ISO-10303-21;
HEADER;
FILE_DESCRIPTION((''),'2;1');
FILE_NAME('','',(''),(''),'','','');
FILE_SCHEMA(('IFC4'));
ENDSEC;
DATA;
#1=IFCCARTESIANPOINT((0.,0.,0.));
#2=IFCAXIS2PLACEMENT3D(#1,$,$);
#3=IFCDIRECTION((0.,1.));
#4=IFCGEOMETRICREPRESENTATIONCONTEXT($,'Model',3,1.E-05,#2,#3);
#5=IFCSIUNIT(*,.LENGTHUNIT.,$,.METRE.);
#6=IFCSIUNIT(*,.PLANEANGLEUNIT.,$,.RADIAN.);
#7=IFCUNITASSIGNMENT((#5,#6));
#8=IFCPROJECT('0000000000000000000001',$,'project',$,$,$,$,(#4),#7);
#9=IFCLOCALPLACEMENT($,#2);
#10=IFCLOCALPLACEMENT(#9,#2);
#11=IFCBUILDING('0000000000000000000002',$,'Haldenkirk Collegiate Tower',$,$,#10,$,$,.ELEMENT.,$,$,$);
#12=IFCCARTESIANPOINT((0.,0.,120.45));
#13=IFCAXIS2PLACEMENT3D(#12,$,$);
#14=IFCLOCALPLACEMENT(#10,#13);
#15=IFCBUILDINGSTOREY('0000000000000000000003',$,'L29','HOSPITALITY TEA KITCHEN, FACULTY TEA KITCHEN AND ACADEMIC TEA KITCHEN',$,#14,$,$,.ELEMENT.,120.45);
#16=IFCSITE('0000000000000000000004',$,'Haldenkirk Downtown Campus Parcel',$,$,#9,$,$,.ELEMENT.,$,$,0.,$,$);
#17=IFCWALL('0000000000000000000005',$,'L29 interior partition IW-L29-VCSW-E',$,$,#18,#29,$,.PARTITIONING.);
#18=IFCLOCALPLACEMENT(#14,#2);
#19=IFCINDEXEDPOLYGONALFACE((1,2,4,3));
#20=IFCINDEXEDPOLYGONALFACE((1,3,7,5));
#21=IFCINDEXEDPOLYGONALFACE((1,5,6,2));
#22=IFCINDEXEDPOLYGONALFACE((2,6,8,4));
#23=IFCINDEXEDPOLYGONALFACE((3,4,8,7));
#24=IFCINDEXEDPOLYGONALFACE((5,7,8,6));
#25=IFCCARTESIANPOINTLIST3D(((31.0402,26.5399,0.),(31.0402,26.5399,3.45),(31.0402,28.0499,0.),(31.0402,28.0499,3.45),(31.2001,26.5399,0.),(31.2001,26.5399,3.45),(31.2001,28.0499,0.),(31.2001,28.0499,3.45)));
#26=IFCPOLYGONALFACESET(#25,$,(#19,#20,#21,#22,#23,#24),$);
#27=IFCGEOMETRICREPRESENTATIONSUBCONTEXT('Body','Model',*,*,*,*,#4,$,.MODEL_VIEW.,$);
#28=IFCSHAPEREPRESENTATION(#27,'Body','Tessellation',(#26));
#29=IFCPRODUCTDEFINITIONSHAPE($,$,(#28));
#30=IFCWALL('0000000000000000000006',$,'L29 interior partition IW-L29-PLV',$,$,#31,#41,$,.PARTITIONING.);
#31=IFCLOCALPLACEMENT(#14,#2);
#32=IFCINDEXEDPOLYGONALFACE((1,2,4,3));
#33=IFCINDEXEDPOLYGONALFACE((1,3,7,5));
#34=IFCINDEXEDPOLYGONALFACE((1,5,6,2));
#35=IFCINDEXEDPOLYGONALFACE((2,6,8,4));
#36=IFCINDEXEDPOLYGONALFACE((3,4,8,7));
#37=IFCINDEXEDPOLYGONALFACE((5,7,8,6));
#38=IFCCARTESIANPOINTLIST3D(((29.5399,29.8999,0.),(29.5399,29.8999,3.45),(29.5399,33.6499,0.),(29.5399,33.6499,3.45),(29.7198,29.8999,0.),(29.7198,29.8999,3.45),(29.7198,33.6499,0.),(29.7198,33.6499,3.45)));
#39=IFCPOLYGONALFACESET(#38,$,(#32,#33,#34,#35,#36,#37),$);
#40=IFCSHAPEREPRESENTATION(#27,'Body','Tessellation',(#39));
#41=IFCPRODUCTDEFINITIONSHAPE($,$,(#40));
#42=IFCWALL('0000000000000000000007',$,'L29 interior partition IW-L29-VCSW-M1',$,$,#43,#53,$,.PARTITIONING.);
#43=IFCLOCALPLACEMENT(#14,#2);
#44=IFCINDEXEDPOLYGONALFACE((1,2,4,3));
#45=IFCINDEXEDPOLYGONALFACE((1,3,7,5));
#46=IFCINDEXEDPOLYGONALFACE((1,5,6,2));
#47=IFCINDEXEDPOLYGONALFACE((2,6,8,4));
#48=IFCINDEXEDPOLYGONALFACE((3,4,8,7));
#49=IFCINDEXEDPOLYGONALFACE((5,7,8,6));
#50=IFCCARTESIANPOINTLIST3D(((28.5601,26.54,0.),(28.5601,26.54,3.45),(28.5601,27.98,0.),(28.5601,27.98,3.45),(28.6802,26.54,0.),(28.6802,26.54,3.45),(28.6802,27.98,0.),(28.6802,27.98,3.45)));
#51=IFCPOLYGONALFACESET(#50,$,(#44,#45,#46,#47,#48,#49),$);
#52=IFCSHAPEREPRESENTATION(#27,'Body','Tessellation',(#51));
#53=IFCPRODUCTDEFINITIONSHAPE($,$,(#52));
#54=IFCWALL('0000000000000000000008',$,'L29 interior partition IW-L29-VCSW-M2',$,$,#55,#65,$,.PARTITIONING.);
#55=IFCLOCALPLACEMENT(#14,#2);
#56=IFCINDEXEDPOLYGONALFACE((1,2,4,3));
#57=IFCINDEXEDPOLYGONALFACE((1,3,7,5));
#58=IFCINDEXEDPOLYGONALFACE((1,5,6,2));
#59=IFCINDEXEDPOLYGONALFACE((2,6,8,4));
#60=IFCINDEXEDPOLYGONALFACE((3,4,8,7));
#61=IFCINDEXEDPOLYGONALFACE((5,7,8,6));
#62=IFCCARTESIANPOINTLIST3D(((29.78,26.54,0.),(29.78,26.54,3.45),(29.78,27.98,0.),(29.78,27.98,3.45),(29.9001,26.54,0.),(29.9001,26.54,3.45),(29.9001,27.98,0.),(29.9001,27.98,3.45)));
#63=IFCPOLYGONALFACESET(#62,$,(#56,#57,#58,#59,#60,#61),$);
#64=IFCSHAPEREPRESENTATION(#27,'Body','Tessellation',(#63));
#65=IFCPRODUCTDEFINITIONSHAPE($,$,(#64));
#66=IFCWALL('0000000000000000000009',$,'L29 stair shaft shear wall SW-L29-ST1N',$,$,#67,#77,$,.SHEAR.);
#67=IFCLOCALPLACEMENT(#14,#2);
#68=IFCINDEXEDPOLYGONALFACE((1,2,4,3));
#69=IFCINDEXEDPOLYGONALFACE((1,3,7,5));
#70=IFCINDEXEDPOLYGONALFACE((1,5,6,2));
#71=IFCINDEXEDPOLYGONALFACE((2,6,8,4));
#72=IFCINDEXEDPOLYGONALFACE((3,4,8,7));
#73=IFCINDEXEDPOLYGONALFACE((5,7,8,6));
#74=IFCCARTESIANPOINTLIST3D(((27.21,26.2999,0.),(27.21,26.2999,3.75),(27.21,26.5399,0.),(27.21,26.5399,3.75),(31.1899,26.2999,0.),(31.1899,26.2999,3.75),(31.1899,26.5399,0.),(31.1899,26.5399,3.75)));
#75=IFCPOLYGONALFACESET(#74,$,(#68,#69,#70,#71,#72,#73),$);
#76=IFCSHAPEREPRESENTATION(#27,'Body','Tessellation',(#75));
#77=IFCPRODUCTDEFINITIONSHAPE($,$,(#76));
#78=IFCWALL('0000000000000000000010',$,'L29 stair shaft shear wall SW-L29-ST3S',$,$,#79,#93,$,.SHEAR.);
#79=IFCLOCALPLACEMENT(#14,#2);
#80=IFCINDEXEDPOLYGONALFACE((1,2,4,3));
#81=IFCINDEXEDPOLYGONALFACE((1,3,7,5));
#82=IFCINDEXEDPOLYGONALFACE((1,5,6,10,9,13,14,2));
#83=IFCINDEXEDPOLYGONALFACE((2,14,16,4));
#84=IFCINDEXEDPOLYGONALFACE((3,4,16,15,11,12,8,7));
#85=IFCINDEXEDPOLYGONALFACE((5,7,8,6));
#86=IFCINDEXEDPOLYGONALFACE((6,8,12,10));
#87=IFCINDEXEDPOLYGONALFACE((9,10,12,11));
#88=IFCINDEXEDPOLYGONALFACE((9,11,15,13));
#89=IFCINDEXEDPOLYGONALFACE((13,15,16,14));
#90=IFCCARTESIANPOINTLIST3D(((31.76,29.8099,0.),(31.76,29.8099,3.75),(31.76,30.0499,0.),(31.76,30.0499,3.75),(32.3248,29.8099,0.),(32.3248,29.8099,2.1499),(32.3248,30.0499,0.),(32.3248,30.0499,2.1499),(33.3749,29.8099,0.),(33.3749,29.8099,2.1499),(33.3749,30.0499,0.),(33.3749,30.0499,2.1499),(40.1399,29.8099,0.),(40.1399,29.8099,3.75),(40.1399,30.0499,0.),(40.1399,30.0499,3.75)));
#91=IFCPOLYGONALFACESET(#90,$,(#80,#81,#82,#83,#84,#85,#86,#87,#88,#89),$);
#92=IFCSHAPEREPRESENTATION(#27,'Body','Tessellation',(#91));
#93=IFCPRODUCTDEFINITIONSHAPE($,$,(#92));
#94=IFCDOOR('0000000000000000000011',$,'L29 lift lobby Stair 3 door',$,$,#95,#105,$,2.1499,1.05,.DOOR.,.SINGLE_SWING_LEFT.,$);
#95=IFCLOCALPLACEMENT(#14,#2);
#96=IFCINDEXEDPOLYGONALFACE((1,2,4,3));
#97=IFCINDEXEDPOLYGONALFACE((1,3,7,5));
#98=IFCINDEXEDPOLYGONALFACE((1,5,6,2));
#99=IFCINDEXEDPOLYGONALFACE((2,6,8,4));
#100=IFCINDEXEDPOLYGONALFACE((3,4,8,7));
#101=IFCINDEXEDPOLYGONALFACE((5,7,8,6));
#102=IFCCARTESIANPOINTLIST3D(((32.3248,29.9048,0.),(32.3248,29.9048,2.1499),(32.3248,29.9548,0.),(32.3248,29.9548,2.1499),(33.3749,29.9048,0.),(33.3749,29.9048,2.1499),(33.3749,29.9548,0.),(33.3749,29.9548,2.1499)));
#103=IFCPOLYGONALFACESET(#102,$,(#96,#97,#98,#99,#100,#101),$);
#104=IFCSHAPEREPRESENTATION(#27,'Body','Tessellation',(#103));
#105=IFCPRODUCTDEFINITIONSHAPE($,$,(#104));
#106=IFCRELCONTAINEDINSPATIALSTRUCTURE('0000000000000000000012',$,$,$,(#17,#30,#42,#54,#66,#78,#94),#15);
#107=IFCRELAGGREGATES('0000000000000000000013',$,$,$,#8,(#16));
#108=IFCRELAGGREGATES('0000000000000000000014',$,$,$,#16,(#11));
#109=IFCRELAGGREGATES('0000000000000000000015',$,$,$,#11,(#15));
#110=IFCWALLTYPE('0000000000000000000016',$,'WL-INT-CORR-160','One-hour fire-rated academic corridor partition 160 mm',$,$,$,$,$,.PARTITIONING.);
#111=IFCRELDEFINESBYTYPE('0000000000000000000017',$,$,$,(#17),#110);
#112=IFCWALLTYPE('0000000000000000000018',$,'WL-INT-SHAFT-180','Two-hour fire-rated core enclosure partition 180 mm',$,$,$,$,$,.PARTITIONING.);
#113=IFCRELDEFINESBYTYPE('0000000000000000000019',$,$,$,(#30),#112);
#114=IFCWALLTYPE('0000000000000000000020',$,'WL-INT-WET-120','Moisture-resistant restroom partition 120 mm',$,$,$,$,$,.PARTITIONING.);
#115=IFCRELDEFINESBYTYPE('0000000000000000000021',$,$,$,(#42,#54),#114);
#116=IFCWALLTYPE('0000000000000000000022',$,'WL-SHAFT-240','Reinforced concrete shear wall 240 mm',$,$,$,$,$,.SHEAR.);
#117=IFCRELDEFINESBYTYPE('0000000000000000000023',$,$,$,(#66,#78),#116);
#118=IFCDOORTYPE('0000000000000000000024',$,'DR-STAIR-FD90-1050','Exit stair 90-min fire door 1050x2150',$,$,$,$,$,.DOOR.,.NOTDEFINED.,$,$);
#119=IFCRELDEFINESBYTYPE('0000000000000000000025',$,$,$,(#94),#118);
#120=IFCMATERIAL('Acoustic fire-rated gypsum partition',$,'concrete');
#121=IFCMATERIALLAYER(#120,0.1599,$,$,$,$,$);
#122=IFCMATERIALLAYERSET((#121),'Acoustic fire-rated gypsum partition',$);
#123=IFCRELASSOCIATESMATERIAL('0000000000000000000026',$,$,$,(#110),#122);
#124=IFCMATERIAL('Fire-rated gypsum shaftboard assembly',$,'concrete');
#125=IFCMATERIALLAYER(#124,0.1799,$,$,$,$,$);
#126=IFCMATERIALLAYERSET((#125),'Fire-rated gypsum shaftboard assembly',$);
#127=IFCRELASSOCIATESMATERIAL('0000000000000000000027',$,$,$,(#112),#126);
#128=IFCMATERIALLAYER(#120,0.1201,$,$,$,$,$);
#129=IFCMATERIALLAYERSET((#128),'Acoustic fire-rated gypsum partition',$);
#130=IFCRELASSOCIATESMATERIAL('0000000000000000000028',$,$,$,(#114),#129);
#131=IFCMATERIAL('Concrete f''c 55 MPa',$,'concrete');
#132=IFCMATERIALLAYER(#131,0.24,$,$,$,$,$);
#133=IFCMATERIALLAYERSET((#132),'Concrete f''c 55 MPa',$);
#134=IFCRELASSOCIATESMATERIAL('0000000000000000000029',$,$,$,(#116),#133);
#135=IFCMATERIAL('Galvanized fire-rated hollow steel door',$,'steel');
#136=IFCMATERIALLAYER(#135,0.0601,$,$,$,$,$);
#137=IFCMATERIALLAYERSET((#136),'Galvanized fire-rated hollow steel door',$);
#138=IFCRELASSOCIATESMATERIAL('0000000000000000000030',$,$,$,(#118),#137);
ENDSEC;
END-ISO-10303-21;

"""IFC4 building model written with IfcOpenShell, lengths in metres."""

from ifc_helpers import new_model, si_unit, direction, frame, frame_2d, origin, place, context, subcontext, project, spatial, rectangle, extrude, material, layer, layer_set, type_object, element, fill, save


model = new_model("IFC4")

# Units and contexts
model_context = context("Model", 3, precision=1e-05, world=origin(), true_north=direction((0.0, 1.0)))
body_context = subcontext(model_context, "Body", "Model", "MODEL_VIEW")
ifc_project = project(units=[si_unit("LENGTHUNIT", "METRE"), si_unit("PLANEANGLEUNIT", "RADIAN")], contexts=[model_context])

# Site, building, storey
site_placement = place(None, origin())
site = spatial("IfcSite", under=ifc_project, at=site_placement, Name="Haldenkirk Downtown Campus Parcel", CompositionType="ELEMENT", RefElevation=0.0)
building_placement = place(site_placement, origin())
building = spatial("IfcBuilding", under=site, at=building_placement, Name="Haldenkirk Collegiate Tower", CompositionType="ELEMENT")
storey_placement = place(building_placement, frame((0.0, 0.0, 120.45)))
storey = spatial("IfcBuildingStorey", under=building, at=storey_placement, Name="L29", Description="HOSPITALITY TEA KITCHEN, FACULTY TEA KITCHEN AND ACADEMIC TEA KITCHEN", CompositionType="ELEMENT", Elevation=120.45)

# Shared definitions
ifc_material_1 = material(Name="Acoustic fire-rated gypsum partition", Category="concrete")
ifc_layer_1 = layer(ifc_material_1, 0.1599)
ifc_layer_set_1 = layer_set([ifc_layer_1], Name="Acoustic fire-rated gypsum partition")
wall_type_1 = type_object("IfcWallType", Name="WL-INT-CORR-160", Description="One-hour fire-rated academic corridor partition 160 mm", PredefinedType="PARTITIONING", material=ifc_layer_set_1)

# Wall
wall_1_placement = place(storey_placement, frame((31.1201, 26.54, 0.0), z_axis=(0.0, 0.0, 1.0), x_axis=(0.0, 1.0, 0.0)))
element("IfcWall", 1, at=wall_1_placement, inside=storey, type_object=wall_type_1, Name="L29 interior partition IW-L29-VCSW-E", PredefinedType="PARTITIONING", context=body_context, shape_type="SweptSolid", body=[
    extrude(rectangle(XDim=1.51, YDim=0.1599, at=frame_2d((0.7549, 0.0))), origin(), (0.0, 0.0, 1.0), 3.45),
])

# Shared definitions
ifc_material_2 = material(Name="Fire-rated gypsum shaftboard assembly", Category="concrete")
ifc_layer_2 = layer(ifc_material_2, 0.1799)
ifc_layer_set_2 = layer_set([ifc_layer_2], Name="Fire-rated gypsum shaftboard assembly")
wall_type_2 = type_object("IfcWallType", Name="WL-INT-SHAFT-180", Description="Two-hour fire-rated core enclosure partition 180 mm", PredefinedType="PARTITIONING", material=ifc_layer_set_2)

# Wall
wall_2_placement = place(storey_placement, frame((29.6299, 29.8999, 0.0), z_axis=(0.0, 0.0, 1.0), x_axis=(0.0, 1.0, 0.0)))
element("IfcWall", 2, at=wall_2_placement, inside=storey, type_object=wall_type_2, Name="L29 interior partition IW-L29-PLV", PredefinedType="PARTITIONING", context=body_context, shape_type="SweptSolid", body=[
    extrude(rectangle(XDim=3.75, YDim=0.1799, at=frame_2d((1.875, 0.0))), origin(), (0.0, 0.0, 1.0), 3.45),
])

# Walls
ifc_layer_3 = layer(ifc_material_1, 0.1201)
ifc_layer_set_3 = layer_set([ifc_layer_3], Name="Acoustic fire-rated gypsum partition")
wall_type_3 = type_object("IfcWallType", Name="WL-INT-WET-120", Description="Moisture-resistant restroom partition 120 mm", PredefinedType="PARTITIONING", material=ifc_layer_set_3)
for number, where, z_axis, x_axis, name in (
    (3, (28.6201, 26.54, 0.0), (0.0, 0.0, 1.0), (0.0, 1.0, 0.0), "L29 interior partition IW-L29-VCSW-M1"),
    (4, (29.8401, 26.54, 0.0), (0.0, 0.0, 1.0), (0.0, 1.0, 0.0), "L29 interior partition IW-L29-VCSW-M2"),
):
    element("IfcWall", number, at=place(storey_placement, frame(where, z_axis=z_axis, x_axis=x_axis)), inside=storey, type_object=wall_type_3, Name=name, PredefinedType="PARTITIONING", context=body_context, shape_type="SweptSolid", body=[
        extrude(rectangle(XDim=1.4399, YDim=0.1201, at=frame_2d((0.72, 0.0))), origin(), (0.0, 0.0, 1.0), 3.45),
    ])
ifc_material_3 = material(Name="Concrete f'c 55 MPa", Category="concrete")
ifc_layer_4 = layer(ifc_material_3, 0.24)
ifc_layer_set_4 = layer_set([ifc_layer_4], Name="Concrete f'c 55 MPa")
wall_type_4 = type_object("IfcWallType", Name="WL-SHAFT-240", Description="Reinforced concrete shear wall 240 mm", PredefinedType="SHEAR", material=ifc_layer_set_4)
wall_3_placement = place(storey_placement, frame((27.21, 26.4199, 0.0), z_axis=(0.0, 0.0, 1.0), x_axis=(1.0, 0.0, 0.0)))
element("IfcWall", 5, at=wall_3_placement, inside=storey, type_object=wall_type_4, Name="L29 stair shaft shear wall SW-L29-ST1N", PredefinedType="SHEAR", context=body_context, shape_type="SweptSolid", body=[
    extrude(rectangle(XDim=3.98, YDim=0.24, at=frame_2d((1.99, 0.0))), origin(), (0.0, 0.0, 1.0), 3.75),
])

# Wall, opening, door
wall_4_placement = place(storey_placement, frame((31.76, 29.9299, 0.0), z_axis=(0.0, 0.0, 1.0), x_axis=(1.0, 0.0, 0.0)))
wall_4 = element("IfcWall", 6, at=wall_4_placement, inside=storey, type_object=wall_type_4, Name="L29 stair shaft shear wall SW-L29-ST3S", PredefinedType="SHEAR", context=body_context, shape_type="SweptSolid", body=[
    extrude(rectangle(XDim=8.3799, YDim=0.24, at=frame_2d((4.1899, 0.0))), origin(), (0.0, 0.0, 1.0), 3.75),
])
opening_1_placement = place(wall_4_placement, frame((0.5649, 0.0, 0.0)))
opening_1 = element("IfcOpeningElement", 7, at=opening_1_placement, cuts=wall_4, PredefinedType="OPENING", context=body_context, shape_type="SweptSolid", body=[
    extrude(rectangle(XDim=1.05, YDim=2.1499, at=frame_2d((0.5249, 1.075))), frame((0.0, 0.1299, 0.0), z_axis=(0.0, -1.0, 0.0), x_axis=(1.0, 0.0, 0.0)), (0.0, 0.0, 1.0), 0.26),
])
ifc_material_4 = material(Name="Galvanized fire-rated hollow steel door", Category="steel")
ifc_layer_5 = layer(ifc_material_4, 0.0601)
ifc_layer_set_5 = layer_set([ifc_layer_5], Name="Galvanized fire-rated hollow steel door")
door_type_1 = type_object("IfcDoorType", Name="DR-STAIR-FD90-1050", Description="Exit stair 90-min fire door 1050x2150", OperationType="NOTDEFINED", PredefinedType="DOOR", material=ifc_layer_set_5)
door_1_placement = place(opening_1_placement, origin())
door_1 = element("IfcDoor", 8, at=door_1_placement, inside=storey, type_object=door_type_1, Name="L29 lift lobby Stair 3 door", OperationType="SINGLE_SWING_LEFT", OverallHeight=2.1499, OverallWidth=1.05, PredefinedType="DOOR", context=body_context, shape_type="SweptSolid", body=[
    extrude(rectangle(XDim=1.05, YDim=2.1499, at=frame_2d((0.5249, 1.075))), frame((0.0, 0.0249, 0.0), z_axis=(0.0, -1.0, 0.0), x_axis=(1.0, 0.0, 0.0)), (0.0, 0.0, 1.0), 0.05),
])
fill(opening_1, door_1)

save(model, "model.ifc")
